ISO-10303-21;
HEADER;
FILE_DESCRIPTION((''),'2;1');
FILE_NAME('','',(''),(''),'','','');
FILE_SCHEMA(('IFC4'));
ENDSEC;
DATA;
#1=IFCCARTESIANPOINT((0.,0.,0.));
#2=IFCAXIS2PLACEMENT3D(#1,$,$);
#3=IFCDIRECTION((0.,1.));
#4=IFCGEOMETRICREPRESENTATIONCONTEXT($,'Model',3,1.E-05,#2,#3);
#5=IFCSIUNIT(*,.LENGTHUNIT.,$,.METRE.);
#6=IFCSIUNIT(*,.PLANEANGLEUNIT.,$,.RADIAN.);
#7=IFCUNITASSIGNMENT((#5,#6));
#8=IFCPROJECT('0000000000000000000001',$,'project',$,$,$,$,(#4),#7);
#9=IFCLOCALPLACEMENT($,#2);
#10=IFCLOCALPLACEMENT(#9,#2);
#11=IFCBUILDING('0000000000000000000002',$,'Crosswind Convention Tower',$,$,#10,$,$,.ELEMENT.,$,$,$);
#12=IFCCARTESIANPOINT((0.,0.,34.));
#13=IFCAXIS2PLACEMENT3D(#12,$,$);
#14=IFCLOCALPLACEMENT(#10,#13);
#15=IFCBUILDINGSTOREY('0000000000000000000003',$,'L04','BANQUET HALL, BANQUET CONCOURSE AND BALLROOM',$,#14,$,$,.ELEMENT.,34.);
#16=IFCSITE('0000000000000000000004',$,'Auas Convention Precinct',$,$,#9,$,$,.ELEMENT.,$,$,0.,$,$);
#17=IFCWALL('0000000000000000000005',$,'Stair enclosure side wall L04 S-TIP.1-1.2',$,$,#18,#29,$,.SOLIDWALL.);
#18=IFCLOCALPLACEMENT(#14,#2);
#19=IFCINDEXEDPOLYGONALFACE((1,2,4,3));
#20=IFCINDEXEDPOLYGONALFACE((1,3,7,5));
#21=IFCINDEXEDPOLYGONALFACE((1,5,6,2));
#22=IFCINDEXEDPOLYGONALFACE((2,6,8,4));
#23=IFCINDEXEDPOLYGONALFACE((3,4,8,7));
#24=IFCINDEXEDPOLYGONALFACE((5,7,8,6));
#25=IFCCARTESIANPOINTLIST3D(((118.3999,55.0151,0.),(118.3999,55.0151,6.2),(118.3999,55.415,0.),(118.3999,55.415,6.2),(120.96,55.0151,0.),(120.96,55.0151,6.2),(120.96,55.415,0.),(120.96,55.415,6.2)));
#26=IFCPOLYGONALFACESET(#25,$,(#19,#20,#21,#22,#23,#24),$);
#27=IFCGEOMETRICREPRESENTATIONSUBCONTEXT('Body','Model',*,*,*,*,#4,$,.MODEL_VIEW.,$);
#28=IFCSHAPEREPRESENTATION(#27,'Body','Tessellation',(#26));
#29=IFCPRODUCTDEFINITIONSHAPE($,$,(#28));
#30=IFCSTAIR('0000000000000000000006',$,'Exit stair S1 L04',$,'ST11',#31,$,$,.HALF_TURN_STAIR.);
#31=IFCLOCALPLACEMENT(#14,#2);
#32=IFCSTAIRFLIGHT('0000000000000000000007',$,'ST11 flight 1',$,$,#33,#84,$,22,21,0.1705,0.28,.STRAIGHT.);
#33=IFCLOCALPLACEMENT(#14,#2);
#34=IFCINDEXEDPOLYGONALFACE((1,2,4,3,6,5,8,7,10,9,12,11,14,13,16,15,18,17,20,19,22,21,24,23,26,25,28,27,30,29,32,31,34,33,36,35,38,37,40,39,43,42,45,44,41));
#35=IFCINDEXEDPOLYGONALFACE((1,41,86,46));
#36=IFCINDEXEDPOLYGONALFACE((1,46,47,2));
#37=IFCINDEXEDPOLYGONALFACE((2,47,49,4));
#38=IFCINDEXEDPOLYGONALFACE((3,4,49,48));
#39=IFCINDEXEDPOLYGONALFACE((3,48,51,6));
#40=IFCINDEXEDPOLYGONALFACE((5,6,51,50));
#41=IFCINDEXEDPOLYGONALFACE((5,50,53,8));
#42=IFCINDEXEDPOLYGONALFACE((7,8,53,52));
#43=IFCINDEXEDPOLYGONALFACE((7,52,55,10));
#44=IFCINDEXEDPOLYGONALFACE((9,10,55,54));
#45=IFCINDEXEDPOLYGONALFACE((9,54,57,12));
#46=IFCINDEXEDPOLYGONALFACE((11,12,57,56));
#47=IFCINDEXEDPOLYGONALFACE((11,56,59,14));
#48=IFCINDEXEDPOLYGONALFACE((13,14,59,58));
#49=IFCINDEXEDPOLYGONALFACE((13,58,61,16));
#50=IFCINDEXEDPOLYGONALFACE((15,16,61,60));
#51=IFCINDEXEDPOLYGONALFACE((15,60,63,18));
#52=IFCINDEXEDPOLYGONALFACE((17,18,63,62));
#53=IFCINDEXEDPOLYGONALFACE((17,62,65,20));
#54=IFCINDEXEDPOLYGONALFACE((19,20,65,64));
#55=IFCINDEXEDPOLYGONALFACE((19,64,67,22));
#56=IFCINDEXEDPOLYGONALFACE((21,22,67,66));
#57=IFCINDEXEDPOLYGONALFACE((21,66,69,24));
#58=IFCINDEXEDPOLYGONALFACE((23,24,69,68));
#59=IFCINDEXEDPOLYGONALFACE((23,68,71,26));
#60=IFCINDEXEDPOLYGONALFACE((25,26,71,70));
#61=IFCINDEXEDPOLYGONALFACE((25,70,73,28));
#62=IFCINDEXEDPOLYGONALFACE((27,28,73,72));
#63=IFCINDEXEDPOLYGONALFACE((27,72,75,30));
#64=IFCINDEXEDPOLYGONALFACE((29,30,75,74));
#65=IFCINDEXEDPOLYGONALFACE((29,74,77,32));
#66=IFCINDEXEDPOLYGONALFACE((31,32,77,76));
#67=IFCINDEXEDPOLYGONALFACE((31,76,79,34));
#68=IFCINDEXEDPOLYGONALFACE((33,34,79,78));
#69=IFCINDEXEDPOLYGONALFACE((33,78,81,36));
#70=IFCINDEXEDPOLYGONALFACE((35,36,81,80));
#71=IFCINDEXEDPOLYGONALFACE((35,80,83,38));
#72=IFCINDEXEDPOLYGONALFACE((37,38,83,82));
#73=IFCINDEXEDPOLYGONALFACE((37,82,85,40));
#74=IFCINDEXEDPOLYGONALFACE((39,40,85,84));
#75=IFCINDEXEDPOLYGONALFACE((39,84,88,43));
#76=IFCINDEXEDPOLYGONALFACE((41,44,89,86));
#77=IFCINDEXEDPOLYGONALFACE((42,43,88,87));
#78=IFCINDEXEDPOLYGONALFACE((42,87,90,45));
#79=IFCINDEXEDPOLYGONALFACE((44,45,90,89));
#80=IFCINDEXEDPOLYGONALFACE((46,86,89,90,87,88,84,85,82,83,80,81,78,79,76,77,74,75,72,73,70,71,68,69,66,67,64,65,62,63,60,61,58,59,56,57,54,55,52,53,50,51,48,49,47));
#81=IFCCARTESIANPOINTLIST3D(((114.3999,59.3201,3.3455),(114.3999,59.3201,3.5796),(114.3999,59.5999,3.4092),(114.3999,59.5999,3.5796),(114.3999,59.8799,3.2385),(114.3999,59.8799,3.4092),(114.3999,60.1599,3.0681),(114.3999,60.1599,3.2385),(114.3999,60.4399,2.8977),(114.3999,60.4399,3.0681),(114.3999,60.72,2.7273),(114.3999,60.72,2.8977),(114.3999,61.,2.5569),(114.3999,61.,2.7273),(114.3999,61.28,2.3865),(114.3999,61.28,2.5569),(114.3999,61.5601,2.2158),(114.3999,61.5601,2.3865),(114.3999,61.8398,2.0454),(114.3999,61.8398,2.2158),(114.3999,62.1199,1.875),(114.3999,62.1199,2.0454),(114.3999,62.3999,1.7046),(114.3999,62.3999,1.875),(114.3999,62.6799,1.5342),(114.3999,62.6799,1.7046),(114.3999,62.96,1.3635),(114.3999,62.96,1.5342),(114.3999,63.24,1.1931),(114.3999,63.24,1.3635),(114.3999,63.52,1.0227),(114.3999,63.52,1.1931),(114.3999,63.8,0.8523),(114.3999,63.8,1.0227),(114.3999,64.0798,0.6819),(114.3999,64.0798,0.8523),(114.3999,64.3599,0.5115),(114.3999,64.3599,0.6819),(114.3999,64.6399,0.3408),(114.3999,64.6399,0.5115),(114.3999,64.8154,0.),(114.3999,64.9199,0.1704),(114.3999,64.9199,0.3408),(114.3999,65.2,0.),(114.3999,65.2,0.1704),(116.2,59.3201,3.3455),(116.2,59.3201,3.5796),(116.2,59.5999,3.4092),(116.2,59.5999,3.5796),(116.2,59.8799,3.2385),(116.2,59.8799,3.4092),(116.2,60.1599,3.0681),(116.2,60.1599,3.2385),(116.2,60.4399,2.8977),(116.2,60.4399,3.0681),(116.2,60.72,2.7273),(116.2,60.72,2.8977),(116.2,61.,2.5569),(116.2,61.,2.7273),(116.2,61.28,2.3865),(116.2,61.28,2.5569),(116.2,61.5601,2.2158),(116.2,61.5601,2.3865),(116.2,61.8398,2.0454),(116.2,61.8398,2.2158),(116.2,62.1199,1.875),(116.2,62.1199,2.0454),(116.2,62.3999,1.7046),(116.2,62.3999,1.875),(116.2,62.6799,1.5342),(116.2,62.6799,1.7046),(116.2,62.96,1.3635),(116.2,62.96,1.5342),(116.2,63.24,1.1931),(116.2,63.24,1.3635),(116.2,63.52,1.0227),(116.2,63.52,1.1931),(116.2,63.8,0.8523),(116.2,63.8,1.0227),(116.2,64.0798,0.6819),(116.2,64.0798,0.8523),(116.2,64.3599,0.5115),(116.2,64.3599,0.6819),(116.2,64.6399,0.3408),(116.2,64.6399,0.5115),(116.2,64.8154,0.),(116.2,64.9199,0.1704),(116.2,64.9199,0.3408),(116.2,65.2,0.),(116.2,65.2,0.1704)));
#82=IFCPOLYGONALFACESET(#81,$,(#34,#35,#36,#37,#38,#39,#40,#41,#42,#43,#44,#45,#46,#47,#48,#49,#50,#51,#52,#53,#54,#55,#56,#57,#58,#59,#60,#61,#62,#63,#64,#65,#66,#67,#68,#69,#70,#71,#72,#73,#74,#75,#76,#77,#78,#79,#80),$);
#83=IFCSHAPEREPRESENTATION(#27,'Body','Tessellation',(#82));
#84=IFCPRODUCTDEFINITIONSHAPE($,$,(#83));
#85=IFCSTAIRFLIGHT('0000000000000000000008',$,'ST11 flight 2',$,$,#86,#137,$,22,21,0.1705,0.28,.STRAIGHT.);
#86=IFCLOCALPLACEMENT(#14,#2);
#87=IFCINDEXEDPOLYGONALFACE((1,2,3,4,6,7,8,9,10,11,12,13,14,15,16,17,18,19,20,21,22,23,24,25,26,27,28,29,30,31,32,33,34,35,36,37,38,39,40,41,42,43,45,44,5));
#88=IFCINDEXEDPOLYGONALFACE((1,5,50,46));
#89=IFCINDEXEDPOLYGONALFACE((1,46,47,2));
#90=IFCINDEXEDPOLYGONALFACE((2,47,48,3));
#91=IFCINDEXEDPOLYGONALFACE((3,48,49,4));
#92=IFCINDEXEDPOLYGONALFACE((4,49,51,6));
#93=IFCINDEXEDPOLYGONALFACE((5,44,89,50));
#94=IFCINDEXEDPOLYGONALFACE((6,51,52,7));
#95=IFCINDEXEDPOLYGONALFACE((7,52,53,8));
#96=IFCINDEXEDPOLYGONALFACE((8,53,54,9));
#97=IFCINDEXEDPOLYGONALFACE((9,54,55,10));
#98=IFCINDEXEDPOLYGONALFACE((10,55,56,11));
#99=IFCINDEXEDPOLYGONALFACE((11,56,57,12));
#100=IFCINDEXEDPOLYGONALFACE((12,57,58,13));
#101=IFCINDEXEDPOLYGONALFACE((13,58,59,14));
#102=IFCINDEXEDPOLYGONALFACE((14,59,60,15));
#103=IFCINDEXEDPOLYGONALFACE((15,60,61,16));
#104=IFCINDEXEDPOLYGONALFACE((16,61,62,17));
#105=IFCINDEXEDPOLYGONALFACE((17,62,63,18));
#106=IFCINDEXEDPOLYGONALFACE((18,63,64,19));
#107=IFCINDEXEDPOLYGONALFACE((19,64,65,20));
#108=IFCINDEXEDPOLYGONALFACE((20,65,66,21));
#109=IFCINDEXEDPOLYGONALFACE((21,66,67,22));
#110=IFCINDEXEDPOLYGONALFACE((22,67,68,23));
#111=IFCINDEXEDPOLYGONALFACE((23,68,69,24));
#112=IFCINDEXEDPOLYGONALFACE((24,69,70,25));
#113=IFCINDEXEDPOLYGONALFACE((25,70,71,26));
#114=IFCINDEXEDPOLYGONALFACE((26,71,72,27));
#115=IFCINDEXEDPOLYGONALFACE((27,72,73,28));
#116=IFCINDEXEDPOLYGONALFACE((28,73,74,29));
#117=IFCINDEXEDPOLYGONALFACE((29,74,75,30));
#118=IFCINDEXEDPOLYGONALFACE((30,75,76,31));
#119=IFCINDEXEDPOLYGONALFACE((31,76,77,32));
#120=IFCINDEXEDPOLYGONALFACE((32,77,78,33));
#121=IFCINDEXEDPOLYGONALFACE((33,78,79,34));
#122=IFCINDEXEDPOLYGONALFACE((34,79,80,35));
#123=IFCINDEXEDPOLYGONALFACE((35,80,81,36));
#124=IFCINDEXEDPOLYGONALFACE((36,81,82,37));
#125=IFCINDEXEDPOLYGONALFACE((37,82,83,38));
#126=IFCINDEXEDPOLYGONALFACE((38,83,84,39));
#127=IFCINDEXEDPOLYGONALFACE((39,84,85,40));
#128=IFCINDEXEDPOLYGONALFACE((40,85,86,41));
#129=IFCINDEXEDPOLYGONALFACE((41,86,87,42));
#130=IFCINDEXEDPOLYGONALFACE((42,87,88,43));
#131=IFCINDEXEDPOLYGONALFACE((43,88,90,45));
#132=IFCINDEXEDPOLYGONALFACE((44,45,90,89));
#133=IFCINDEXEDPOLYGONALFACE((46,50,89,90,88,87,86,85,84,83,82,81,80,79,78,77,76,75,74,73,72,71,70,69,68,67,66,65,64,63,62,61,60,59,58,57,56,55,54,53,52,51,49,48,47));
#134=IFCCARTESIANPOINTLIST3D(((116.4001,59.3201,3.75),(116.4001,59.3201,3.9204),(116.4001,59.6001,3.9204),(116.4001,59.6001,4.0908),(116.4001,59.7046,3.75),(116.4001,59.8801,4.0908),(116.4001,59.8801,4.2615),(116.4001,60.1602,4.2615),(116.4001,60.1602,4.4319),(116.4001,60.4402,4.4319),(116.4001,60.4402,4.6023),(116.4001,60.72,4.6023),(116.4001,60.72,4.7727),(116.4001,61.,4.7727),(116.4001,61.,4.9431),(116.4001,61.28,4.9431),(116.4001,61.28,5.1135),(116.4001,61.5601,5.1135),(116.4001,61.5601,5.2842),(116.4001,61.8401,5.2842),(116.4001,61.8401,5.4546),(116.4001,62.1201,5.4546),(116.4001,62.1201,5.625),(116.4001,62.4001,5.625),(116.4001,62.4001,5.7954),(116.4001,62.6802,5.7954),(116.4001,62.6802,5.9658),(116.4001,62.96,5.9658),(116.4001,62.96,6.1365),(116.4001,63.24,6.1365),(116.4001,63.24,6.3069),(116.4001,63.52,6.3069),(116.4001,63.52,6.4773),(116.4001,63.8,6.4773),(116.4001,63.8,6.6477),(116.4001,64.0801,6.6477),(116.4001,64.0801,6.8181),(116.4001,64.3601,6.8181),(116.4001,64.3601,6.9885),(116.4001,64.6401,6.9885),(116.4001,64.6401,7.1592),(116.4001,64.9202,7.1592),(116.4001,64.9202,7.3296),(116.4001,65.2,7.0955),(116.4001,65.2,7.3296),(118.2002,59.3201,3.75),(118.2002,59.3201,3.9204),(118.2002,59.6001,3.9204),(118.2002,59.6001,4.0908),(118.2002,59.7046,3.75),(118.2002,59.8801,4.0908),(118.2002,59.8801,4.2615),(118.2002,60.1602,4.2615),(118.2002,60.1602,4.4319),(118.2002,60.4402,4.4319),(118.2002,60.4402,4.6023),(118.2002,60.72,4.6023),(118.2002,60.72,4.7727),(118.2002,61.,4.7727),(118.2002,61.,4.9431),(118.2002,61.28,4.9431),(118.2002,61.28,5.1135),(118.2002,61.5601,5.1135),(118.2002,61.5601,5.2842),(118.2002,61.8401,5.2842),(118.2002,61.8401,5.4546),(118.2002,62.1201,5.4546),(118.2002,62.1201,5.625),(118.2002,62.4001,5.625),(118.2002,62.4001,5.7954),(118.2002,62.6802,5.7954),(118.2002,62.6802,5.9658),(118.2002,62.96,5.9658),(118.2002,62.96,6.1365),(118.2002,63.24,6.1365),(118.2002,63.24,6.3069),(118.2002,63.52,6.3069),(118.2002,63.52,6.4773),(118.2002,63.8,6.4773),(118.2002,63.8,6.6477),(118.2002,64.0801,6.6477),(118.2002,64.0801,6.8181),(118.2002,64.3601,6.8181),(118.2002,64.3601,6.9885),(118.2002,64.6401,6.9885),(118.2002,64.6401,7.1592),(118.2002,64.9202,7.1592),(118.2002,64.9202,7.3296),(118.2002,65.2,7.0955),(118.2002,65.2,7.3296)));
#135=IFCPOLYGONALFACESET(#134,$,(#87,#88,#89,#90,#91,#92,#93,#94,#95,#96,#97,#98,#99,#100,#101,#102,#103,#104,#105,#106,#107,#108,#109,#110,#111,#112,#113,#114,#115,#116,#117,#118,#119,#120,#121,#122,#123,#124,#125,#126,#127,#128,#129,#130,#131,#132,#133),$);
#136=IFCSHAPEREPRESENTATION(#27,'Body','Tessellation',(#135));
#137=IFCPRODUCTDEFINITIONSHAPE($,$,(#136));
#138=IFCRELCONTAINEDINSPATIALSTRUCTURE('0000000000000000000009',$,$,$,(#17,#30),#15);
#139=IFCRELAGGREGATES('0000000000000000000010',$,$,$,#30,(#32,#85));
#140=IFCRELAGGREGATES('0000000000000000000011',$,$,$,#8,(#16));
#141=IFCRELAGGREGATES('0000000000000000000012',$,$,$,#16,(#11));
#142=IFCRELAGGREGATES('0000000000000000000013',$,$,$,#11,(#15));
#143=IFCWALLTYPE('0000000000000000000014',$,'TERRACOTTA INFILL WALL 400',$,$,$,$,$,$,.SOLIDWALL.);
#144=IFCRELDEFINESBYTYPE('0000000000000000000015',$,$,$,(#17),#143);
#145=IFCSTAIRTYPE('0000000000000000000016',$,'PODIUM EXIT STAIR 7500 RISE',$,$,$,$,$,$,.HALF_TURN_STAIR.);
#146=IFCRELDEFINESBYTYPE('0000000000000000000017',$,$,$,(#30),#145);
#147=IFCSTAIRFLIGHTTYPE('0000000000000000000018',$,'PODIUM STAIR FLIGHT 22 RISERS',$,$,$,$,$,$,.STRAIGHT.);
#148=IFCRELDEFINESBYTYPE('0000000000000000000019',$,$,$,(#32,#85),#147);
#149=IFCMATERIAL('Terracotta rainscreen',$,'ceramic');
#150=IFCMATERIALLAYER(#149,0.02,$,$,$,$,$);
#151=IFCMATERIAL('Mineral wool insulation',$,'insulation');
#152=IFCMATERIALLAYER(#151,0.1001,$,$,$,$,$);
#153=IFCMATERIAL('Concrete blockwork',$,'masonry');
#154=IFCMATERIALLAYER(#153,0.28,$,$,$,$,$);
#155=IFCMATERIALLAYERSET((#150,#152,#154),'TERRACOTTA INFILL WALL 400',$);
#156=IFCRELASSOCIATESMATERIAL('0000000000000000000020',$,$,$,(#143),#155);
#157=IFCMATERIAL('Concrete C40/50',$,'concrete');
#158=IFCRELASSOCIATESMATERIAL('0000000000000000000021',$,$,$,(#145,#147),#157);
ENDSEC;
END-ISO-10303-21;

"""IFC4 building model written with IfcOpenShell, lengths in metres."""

from ifc_helpers import new_model, si_unit, direction, frame, frame_2d, origin, place, context, subcontext, project, spatial, polyline, rectangle, outline, extrude, material, layer, layer_set, type_object, element, aggregate, save


model = new_model("IFC4")

# Units and contexts
model_context = context("Model", 3, precision=1e-05, world=origin(), true_north=direction((0.0, 1.0)))
body_context = subcontext(model_context, "Body", "Model", "MODEL_VIEW")
ifc_project = project(units=[si_unit("LENGTHUNIT", "METRE"), si_unit("PLANEANGLEUNIT", "RADIAN")], contexts=[model_context])

# Site, building, storey
site_placement = place(None, origin())
site = spatial("IfcSite", under=ifc_project, at=site_placement, Name="Auas Convention Precinct", CompositionType="ELEMENT", RefElevation=0.0)
building_placement = place(site_placement, origin())
building = spatial("IfcBuilding", under=site, at=building_placement, Name="Crosswind Convention Tower", CompositionType="ELEMENT")
storey_placement = place(building_placement, frame((0.0, 0.0, 34.0)))
storey = spatial("IfcBuildingStorey", under=building, at=storey_placement, Name="L04", Description="BANQUET HALL, BANQUET CONCOURSE AND BALLROOM", CompositionType="ELEMENT", Elevation=34.0)

# Shared definitions
ifc_material_1 = material(Name="Concrete C40/50", Category="concrete")

# Wall
ifc_material_2 = material(Name="Terracotta rainscreen", Category="ceramic")
ifc_layer_1 = layer(ifc_material_2, 0.02)
ifc_material_3 = material(Name="Mineral wool insulation", Category="insulation")
ifc_layer_2 = layer(ifc_material_3, 0.1001)
ifc_material_4 = material(Name="Concrete blockwork", Category="masonry")
ifc_layer_3 = layer(ifc_material_4, 0.28)
ifc_layer_set_1 = layer_set([ifc_layer_1, ifc_layer_2, ifc_layer_3], Name="TERRACOTTA INFILL WALL 400")
wall_type_1 = type_object("IfcWallType", Name="TERRACOTTA INFILL WALL 400", PredefinedType="SOLIDWALL", material=ifc_layer_set_1)
wall_1_placement = place(storey_placement, frame((118.3999, 55.2151, 0.0), z_axis=(0.0, 0.0, 1.0), x_axis=(1.0, 0.0, 0.0)))
element("IfcWall", 1, at=wall_1_placement, inside=storey, type_object=wall_type_1, Name="Stair enclosure side wall L04 S-TIP.1-1.2", PredefinedType="SOLIDWALL", context=body_context, shape_type="SweptSolid", body=[
    extrude(rectangle(XDim=2.5601, YDim=0.3999, at=frame_2d((1.28, 0.0))), origin(), (0.0, 0.0, 1.0), 6.2),
])

# Stair, stair flights
stair_type = type_object("IfcStairType", Name="PODIUM EXIT STAIR 7500 RISE", PredefinedType="HALF_TURN_STAIR", material=ifc_material_1)
stair_placement = place(storey_placement, origin())
stair = element("IfcStair", 2, at=stair_placement, inside=storey, type_object=stair_type, Name="Exit stair S1 L04", ObjectType="ST11", PredefinedType="HALF_TURN_STAIR")
stair_flight_type = type_object("IfcStairFlightType", Name="PODIUM STAIR FLIGHT 22 RISERS", PredefinedType="STRAIGHT", material=ifc_material_1)
stair_flight_1_placement = place(storey_placement, frame((115.3, 65.2, 0.0), z_axis=(0.0, 0.0, 1.0), x_axis=(0.0, -1.0, 0.0)))
stair_flight_1 = element("IfcStairFlight", 3, at=stair_flight_1_placement, type_object=stair_flight_type, Name="ST11 flight 1", NumberOfRisers=22, NumberOfTreads=21, PredefinedType="STRAIGHT", RiserHeight=0.1705, TreadLength=0.28, context=body_context, shape_type="SweptSolid", body=[
    extrude(outline(polyline([(0.0, 0.0), (0.0, 0.1704), (0.28, 0.1704), (0.28, 0.3408), (0.5601, 0.3408), (0.5601, 0.5115), (0.8401, 0.5115), (0.8401, 0.6819), (1.1201, 0.6819), (1.1201, 0.8523), (1.3999, 0.8523), (1.3999, 1.0227), (1.6799, 1.0227), (1.6799, 1.1931), (1.96, 1.1931), (1.96, 1.3635), (2.24, 1.3635), (2.24, 1.5342), (2.52, 1.5342), (2.52, 1.7046), (2.8, 1.7046), (2.8, 1.875), (3.0801, 1.875), (3.0801, 2.0454), (3.3601, 2.0454), (3.3601, 2.2158), (3.6399, 2.2158), (3.6399, 2.3865), (3.9199, 2.3865), (3.9199, 2.5569), (4.2, 2.5569), (4.2, 2.7273), (4.48, 2.7273), (4.48, 2.8977), (4.76, 2.8977), (4.76, 3.0681), (5.04, 3.0681), (5.04, 3.2385), (5.3201, 3.2385), (5.3201, 3.4092), (5.6001, 3.4092), (5.6001, 3.5796), (5.8799, 3.5796), (5.8799, 3.75), (5.8799, 3.3455), (0.3845, 0.0), (0.0, 0.0)])), frame((0.0, 0.8999, 0.0), z_axis=(0.0, -1.0, 0.0), x_axis=(1.0, 0.0, 0.0)), (0.0, 0.0, 1.0), 1.8),
])
stair_flight_2_placement = place(storey_placement, frame((117.3, 59.3201, 3.75), z_axis=(0.0, 0.0, 1.0), x_axis=(0.0, 1.0, 0.0)))
stair_flight_2 = element("IfcStairFlight", 4, at=stair_flight_2_placement, type_object=stair_flight_type, Name="ST11 flight 2", NumberOfRisers=22, NumberOfTreads=21, PredefinedType="STRAIGHT", RiserHeight=0.1705, TreadLength=0.28, context=body_context, shape_type="SweptSolid", body=[
    extrude(outline(polyline([(0.0, 0.0), (0.0, 0.1704), (0.28, 0.1704), (0.28, 0.3408), (0.5601, 0.3408), (0.5601, 0.5115), (0.8401, 0.5115), (0.8401, 0.6819), (1.1201, 0.6819), (1.1201, 0.8523), (1.3999, 0.8523), (1.3999, 1.0227), (1.6799, 1.0227), (1.6799, 1.1931), (1.96, 1.1931), (1.96, 1.3635), (2.24, 1.3635), (2.24, 1.5342), (2.52, 1.5342), (2.52, 1.7046), (2.8, 1.7046), (2.8, 1.875), (3.0801, 1.875), (3.0801, 2.0454), (3.3601, 2.0454), (3.3601, 2.2158), (3.6399, 2.2158), (3.6399, 2.3865), (3.9199, 2.3865), (3.9199, 2.5569), (4.2, 2.5569), (4.2, 2.7273), (4.48, 2.7273), (4.48, 2.8977), (4.76, 2.8977), (4.76, 3.0681), (5.04, 3.0681), (5.04, 3.2385), (5.3201, 3.2385), (5.3201, 3.4092), (5.6001, 3.4092), (5.6001, 3.5796), (5.8799, 3.5796), (5.8799, 3.75), (5.8799, 3.3455), (0.3845, 0.0), (0.0, 0.0)])), frame((0.0, 0.8999, 0.0), z_axis=(0.0, -1.0, 0.0), x_axis=(1.0, 0.0, 0.0)), (0.0, 0.0, 1.0), 1.8),
])
aggregate(stair, [stair_flight_1, stair_flight_2])

save(model, "model.ifc")
